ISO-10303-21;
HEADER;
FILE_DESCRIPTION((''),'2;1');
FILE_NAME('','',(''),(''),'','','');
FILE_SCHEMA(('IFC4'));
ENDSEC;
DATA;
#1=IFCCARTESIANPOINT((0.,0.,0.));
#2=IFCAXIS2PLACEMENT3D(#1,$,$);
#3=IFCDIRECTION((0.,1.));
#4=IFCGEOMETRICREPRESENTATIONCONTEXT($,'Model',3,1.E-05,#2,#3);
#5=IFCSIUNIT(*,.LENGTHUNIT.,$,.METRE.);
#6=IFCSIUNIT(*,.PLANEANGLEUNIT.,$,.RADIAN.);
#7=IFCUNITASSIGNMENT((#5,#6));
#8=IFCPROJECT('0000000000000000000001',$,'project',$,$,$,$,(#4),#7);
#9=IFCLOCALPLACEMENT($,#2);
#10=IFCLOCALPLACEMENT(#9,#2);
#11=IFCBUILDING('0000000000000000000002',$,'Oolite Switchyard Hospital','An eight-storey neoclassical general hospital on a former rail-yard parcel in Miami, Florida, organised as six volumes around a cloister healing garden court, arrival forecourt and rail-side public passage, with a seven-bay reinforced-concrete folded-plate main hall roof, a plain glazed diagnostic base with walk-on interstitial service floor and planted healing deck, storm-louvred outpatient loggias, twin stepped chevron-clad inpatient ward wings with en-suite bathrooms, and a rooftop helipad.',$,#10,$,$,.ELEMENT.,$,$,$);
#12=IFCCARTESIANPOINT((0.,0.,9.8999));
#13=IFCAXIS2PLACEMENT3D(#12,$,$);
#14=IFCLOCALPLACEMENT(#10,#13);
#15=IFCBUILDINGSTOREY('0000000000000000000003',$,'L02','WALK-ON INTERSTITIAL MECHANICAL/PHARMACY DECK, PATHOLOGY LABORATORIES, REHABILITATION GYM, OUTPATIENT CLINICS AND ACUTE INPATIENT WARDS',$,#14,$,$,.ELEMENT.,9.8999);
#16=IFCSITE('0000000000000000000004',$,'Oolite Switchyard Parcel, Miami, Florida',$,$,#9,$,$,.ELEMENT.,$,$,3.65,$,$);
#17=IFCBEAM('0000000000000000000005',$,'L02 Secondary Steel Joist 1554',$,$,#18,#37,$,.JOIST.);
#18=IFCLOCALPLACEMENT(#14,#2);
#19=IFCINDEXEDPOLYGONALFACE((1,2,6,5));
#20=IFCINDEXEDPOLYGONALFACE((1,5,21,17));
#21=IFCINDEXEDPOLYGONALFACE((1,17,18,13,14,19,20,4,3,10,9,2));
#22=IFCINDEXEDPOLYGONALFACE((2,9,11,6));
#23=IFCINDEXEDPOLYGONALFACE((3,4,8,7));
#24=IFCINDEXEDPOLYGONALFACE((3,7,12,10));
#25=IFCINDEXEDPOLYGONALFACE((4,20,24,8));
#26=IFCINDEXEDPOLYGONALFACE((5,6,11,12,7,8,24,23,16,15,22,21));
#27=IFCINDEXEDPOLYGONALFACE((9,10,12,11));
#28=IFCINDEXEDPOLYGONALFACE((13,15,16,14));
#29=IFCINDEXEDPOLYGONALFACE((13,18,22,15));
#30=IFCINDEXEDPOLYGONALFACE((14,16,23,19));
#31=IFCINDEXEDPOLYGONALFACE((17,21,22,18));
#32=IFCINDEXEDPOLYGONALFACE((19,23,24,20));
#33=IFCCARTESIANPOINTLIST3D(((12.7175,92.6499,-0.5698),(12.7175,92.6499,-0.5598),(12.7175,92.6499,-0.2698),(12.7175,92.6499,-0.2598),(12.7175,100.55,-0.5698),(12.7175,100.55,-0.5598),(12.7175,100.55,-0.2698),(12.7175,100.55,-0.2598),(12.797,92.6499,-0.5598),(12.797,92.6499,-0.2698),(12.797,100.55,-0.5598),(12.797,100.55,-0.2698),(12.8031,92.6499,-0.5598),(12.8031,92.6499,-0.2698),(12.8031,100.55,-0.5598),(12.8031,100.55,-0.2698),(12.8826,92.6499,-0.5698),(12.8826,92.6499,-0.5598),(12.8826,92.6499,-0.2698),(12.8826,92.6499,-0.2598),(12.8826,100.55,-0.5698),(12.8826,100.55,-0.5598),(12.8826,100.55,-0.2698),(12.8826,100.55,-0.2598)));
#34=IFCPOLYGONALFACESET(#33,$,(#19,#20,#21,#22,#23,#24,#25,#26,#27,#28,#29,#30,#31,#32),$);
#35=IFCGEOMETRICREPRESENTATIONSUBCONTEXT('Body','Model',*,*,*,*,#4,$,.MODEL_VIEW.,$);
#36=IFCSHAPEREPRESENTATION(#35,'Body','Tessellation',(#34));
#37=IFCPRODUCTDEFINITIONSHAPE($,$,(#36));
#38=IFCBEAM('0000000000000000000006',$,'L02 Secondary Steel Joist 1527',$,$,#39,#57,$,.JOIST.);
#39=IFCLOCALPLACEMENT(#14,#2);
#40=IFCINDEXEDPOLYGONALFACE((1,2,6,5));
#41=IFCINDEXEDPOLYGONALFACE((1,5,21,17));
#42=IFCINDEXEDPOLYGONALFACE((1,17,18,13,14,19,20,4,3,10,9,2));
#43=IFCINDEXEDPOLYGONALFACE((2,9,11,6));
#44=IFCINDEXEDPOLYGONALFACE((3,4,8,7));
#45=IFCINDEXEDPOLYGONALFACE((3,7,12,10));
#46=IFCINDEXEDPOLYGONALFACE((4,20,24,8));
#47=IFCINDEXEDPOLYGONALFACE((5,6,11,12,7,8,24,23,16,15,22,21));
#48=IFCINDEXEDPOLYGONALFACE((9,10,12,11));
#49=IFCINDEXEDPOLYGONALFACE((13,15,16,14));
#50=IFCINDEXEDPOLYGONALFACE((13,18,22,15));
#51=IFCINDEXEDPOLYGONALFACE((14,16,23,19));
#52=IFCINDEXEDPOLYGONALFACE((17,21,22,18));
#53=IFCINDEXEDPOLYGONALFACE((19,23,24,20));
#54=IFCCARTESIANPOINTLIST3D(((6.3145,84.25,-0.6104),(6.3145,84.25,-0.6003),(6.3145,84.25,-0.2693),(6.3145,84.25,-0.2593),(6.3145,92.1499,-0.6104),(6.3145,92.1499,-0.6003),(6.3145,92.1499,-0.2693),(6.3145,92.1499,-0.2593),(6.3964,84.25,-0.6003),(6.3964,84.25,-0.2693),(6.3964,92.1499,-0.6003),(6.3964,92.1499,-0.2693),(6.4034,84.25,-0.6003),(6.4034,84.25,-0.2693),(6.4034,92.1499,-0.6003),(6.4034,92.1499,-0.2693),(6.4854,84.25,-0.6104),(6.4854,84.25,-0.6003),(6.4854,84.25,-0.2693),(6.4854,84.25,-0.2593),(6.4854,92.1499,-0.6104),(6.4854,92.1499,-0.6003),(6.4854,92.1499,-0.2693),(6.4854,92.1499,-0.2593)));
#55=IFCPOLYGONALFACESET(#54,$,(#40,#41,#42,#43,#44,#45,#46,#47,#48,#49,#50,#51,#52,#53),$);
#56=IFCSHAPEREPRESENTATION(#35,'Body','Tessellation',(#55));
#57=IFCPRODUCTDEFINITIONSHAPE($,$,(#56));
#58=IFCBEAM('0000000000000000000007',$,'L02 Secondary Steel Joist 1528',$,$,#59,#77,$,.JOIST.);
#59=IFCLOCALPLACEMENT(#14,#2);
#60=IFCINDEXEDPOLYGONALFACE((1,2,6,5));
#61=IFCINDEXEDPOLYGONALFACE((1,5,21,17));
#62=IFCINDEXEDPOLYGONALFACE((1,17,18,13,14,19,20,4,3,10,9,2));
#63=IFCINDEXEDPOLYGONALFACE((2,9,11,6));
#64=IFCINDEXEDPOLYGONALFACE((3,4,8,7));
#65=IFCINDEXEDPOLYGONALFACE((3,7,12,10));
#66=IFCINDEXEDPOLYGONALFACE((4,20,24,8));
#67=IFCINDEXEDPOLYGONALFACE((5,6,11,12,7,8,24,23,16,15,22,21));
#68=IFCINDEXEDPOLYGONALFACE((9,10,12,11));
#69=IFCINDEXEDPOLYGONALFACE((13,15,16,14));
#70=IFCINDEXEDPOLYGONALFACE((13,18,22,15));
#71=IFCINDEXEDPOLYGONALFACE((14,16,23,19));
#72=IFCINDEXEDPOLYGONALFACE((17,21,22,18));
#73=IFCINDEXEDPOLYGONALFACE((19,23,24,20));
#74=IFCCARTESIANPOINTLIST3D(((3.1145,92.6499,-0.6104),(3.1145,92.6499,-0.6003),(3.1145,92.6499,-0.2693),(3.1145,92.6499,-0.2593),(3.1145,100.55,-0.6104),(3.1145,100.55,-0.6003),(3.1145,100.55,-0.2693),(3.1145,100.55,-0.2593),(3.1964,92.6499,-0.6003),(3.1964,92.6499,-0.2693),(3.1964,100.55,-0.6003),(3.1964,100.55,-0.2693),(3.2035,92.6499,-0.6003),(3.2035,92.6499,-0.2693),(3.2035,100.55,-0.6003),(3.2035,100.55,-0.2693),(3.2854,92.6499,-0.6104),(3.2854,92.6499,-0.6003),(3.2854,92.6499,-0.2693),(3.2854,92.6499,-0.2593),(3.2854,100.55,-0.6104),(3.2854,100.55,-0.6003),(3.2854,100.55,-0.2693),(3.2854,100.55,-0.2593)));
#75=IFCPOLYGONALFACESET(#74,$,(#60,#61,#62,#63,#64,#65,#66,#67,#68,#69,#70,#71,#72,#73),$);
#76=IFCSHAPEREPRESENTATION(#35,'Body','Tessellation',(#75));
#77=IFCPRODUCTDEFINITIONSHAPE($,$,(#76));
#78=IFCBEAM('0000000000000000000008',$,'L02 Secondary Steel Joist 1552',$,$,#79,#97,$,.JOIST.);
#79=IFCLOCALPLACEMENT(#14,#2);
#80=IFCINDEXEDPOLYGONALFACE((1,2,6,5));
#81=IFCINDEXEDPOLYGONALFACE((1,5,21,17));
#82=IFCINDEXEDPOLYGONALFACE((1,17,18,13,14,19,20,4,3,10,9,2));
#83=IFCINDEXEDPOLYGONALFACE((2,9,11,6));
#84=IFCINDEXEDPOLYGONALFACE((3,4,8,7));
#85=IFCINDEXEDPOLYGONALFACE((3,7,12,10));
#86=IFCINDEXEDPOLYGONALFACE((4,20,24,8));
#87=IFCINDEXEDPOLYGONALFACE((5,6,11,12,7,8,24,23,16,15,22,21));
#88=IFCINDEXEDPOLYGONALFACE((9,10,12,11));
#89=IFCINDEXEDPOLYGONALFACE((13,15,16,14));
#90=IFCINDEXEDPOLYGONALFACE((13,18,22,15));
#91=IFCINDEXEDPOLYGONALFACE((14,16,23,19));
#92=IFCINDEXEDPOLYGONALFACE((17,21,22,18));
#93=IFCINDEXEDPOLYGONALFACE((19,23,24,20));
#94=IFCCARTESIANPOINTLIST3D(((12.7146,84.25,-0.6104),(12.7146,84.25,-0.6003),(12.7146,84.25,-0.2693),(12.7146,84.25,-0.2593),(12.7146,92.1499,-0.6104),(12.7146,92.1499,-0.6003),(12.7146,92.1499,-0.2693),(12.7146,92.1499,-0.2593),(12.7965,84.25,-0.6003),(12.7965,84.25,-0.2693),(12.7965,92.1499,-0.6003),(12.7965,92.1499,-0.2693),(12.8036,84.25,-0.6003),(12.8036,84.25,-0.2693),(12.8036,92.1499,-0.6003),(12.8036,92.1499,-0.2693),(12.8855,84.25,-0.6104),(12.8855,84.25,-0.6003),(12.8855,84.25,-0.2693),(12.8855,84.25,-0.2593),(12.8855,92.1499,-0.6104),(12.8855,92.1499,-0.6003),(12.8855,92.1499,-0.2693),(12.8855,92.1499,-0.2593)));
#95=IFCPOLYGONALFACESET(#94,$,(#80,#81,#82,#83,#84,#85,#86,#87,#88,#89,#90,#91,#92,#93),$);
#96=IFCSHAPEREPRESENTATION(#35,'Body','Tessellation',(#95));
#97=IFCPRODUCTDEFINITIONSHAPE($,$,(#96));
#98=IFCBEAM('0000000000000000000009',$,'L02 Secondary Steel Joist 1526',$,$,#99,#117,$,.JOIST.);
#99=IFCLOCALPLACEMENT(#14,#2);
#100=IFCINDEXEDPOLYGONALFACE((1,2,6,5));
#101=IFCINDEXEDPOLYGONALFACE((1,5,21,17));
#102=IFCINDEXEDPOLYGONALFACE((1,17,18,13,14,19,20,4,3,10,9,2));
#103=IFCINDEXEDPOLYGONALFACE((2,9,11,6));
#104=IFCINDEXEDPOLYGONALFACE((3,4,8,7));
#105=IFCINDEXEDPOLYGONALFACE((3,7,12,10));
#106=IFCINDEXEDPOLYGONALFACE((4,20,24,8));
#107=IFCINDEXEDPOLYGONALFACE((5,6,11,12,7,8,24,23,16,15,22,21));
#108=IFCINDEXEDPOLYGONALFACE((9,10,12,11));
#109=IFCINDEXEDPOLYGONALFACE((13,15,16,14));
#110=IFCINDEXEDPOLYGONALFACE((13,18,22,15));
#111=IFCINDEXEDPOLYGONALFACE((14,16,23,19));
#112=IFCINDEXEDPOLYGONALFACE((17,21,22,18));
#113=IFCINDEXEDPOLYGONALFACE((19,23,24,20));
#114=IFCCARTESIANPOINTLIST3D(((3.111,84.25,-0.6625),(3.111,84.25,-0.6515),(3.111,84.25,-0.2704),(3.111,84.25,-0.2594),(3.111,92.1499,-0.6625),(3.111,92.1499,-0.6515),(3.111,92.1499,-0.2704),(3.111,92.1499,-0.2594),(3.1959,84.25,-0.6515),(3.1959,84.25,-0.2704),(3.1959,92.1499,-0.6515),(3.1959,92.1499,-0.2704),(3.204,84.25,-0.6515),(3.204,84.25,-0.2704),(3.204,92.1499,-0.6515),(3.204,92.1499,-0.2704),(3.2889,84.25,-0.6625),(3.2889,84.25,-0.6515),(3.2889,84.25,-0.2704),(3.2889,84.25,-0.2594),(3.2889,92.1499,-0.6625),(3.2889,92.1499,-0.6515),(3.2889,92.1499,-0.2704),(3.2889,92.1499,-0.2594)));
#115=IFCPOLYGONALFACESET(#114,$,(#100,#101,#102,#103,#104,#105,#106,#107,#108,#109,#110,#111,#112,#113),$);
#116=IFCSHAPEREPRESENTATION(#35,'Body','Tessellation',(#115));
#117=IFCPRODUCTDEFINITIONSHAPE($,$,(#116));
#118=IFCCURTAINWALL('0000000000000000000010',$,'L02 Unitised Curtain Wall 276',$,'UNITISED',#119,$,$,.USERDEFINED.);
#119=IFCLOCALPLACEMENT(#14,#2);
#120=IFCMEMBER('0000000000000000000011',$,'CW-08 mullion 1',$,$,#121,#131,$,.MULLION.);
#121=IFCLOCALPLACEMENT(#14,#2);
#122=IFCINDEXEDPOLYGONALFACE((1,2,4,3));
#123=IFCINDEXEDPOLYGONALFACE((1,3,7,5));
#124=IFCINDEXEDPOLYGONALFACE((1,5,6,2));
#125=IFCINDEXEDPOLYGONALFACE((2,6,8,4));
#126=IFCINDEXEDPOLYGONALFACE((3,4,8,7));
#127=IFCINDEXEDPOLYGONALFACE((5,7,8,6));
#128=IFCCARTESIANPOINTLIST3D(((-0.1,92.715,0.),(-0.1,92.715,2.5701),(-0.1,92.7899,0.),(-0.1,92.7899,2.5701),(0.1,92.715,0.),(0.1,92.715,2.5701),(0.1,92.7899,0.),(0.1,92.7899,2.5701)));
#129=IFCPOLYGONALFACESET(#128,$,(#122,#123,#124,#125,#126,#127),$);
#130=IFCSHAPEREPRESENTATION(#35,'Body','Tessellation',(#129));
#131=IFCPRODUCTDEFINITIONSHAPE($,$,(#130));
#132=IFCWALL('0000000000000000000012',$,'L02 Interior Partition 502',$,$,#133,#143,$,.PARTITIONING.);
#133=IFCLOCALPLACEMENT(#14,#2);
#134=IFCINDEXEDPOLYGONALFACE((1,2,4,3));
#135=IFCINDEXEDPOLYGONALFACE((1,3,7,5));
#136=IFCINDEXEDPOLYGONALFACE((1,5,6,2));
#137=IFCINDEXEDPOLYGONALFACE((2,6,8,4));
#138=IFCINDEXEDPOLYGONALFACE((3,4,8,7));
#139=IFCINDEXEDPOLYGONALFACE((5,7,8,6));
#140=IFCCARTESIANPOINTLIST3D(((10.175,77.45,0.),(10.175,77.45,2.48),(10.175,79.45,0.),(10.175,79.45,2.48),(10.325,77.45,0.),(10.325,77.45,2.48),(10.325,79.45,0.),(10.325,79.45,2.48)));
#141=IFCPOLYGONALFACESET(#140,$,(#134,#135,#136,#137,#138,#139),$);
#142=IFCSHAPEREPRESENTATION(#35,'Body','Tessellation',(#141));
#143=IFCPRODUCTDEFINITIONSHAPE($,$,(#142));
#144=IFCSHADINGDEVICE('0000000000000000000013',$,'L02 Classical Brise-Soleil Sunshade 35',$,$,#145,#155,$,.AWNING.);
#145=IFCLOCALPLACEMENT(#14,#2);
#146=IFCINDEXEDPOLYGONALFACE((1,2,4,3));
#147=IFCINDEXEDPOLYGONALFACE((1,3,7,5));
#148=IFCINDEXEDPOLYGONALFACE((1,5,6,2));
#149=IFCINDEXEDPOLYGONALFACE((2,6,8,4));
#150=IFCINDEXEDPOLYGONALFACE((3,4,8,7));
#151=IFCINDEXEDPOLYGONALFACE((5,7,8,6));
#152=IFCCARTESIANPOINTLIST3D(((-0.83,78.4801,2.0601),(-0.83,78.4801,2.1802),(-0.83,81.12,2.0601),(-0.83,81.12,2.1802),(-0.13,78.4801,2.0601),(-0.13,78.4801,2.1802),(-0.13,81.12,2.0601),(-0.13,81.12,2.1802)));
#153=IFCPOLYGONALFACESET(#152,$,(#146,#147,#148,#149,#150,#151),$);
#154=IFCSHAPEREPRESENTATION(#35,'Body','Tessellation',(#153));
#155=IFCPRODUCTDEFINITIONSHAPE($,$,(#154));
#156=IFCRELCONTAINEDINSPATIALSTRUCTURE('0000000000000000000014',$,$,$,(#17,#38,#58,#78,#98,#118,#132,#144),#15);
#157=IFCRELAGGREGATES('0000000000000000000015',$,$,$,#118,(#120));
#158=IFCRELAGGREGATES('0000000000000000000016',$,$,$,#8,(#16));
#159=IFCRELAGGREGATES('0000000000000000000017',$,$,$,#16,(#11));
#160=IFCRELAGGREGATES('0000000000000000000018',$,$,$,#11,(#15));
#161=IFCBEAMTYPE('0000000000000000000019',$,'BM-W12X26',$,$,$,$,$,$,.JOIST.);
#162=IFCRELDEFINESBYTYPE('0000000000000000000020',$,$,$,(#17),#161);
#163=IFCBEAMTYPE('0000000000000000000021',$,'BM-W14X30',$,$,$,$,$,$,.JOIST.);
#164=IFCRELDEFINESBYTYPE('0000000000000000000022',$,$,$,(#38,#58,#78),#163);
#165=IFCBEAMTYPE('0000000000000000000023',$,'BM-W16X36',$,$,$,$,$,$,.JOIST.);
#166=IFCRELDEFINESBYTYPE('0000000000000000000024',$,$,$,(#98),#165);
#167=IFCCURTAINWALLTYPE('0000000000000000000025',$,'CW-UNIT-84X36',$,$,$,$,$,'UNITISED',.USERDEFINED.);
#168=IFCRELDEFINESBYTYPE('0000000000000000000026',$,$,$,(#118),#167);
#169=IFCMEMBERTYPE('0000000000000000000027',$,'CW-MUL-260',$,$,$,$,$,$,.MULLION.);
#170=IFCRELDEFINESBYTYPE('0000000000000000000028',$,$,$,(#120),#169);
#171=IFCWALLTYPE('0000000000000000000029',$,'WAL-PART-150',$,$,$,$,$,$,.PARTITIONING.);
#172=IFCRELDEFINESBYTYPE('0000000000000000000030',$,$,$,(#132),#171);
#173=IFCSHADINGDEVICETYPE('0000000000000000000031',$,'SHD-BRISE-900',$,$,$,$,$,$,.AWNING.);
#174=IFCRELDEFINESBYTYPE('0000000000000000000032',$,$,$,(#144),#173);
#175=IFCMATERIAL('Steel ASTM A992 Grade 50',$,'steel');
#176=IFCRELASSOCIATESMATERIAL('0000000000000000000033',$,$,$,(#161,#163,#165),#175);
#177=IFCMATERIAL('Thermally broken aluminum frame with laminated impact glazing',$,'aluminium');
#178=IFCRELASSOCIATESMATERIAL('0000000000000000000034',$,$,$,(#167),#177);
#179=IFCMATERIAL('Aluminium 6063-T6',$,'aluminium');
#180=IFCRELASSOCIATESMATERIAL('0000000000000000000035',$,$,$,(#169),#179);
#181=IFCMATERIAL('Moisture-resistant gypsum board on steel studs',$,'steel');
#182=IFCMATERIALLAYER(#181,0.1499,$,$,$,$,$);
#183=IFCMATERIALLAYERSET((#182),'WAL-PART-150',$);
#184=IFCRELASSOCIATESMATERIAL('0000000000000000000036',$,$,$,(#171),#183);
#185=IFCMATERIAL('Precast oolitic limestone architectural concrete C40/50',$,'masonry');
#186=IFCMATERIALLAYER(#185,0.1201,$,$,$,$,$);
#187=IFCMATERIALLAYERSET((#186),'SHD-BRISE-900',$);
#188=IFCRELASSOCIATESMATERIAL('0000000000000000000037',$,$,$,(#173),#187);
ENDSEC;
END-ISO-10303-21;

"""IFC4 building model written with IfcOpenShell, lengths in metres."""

from ifc_helpers import new_model, si_unit, direction, frame, frame_2d, origin, origin_2d, place, context, subcontext, project, spatial, rectangle, i_section, extrude, material, layer, layer_set, material_profile, profile_set, type_object, element, aggregate, save


model = new_model("IFC4")

# Units and contexts
model_context = context("Model", 3, precision=1e-05, world=origin(), true_north=direction((0.0, 1.0)))
body_context = subcontext(model_context, "Body", "Model", "MODEL_VIEW")
ifc_project = project(units=[si_unit("LENGTHUNIT", "METRE"), si_unit("PLANEANGLEUNIT", "RADIAN")], contexts=[model_context])

# Site, building, storey
site_placement = place(None, origin())
site = spatial("IfcSite", under=ifc_project, at=site_placement, Name="Oolite Switchyard Parcel, Miami, Florida", CompositionType="ELEMENT", RefElevation=3.65)
building_placement = place(site_placement, origin())
building = spatial("IfcBuilding", under=site, at=building_placement, Name="Oolite Switchyard Hospital", Description="An eight-storey neoclassical general hospital on a former rail-yard parcel in Miami, Florida, organised as six volumes around a cloister healing garden court, arrival forecourt and rail-side public passage, with a seven-bay reinforced-concrete folded-plate main hall roof, a plain glazed diagnostic base with walk-on interstitial service floor and planted healing deck, storm-louvred outpatient loggias, twin stepped chevron-clad inpatient ward wings with en-suite bathrooms, and a rooftop helipad.", CompositionType="ELEMENT")
storey_placement = place(building_placement, frame((0.0, 0.0, 9.8999)))
storey = spatial("IfcBuildingStorey", under=building, at=storey_placement, Name="L02", Description="WALK-ON INTERSTITIAL MECHANICAL/PHARMACY DECK, PATHOLOGY LABORATORIES, REHABILITATION GYM, OUTPATIENT CLINICS AND ACUTE INPATIENT WARDS", CompositionType="ELEMENT", Elevation=9.8999)

# Beams
ifc_material_1 = material(Name="Steel ASTM A992 Grade 50", Category="steel")
ifc_material_profile_1 = material_profile(ifc_material_1, i_section(OverallWidth=0.165, OverallDepth=0.3101, WebThickness=0.0061, FlangeThickness=0.01, at=origin_2d()), Name="W12X26")
ifc_profile_set_1 = profile_set([ifc_material_profile_1], Name="Steel ASTM A992 Grade 50")
beam_type_1 = type_object("IfcBeamType", Name="BM-W12X26", PredefinedType="JOIST", material=ifc_profile_set_1)
for number, where, z_axis, x_axis, name in (
    (1, (12.8, 92.6499, -0.4148), (0.0, 1.0, 0.0), (-1.0, 0.0, 0.0), "L02 Secondary Steel Joist 1554"),
):
    element("IfcBeam", number, at=place(storey_placement, frame(where, z_axis=z_axis, x_axis=x_axis)), inside=storey, type_object=beam_type_1, Name=name, PredefinedType="JOIST", context=body_context, shape_type="SweptSolid", body=[
        extrude(i_section(OverallWidth=0.165, OverallDepth=0.3101, WebThickness=0.0061, FlangeThickness=0.01, at=origin_2d()), origin(), (0.0, 0.0, 1.0), 7.9001),
    ])
ifc_material_profile_2 = material_profile(ifc_material_1, i_section(OverallWidth=0.1709, OverallDepth=0.3511, WebThickness=0.0071, FlangeThickness=0.01, at=origin_2d()), Name="W14X30")
ifc_profile_set_2 = profile_set([ifc_material_profile_2], Name="Steel ASTM A992 Grade 50")
beam_type_2 = type_object("IfcBeamType", Name="BM-W14X30", PredefinedType="JOIST", material=ifc_profile_set_2)
beam_1_placement = place(storey_placement, frame((6.3999, 84.25, -0.4348), z_axis=(0.0, 1.0, 0.0), x_axis=(-1.0, 0.0, 0.0)))
element("IfcBeam", 2, at=beam_1_placement, inside=storey, type_object=beam_type_2, Name="L02 Secondary Steel Joist 1527", PredefinedType="JOIST", context=body_context, shape_type="SweptSolid", body=[
    extrude(i_section(OverallWidth=0.1709, OverallDepth=0.3511, WebThickness=0.0071, FlangeThickness=0.01, at=origin_2d()), origin(), (0.0, 0.0, 1.0), 7.8999),
])
beam_2_placement = place(storey_placement, frame((3.2, 92.6499, -0.4348), z_axis=(0.0, 1.0, 0.0), x_axis=(-1.0, 0.0, 0.0)))
element("IfcBeam", 3, at=beam_2_placement, inside=storey, type_object=beam_type_2, Name="L02 Secondary Steel Joist 1528", PredefinedType="JOIST", context=body_context, shape_type="SweptSolid", body=[
    extrude(i_section(OverallWidth=0.1709, OverallDepth=0.3511, WebThickness=0.0071, FlangeThickness=0.01, at=origin_2d()), origin(), (0.0, 0.0, 1.0), 7.9001),
])
beam_3_placement = place(storey_placement, frame((12.8, 84.25, -0.4348), z_axis=(0.0, 1.0, 0.0), x_axis=(-1.0, 0.0, 0.0)))
element("IfcBeam", 4, at=beam_3_placement, inside=storey, type_object=beam_type_2, Name="L02 Secondary Steel Joist 1552", PredefinedType="JOIST", context=body_context, shape_type="SweptSolid", body=[
    extrude(i_section(OverallWidth=0.1709, OverallDepth=0.3511, WebThickness=0.0071, FlangeThickness=0.01, at=origin_2d()), origin(), (0.0, 0.0, 1.0), 7.8999),
])
ifc_material_profile_3 = material_profile(ifc_material_1, i_section(OverallWidth=0.178, OverallDepth=0.4031, WebThickness=0.0081, FlangeThickness=0.011, at=origin_2d()), Name="W16X36")
ifc_profile_set_3 = profile_set([ifc_material_profile_3], Name="Steel ASTM A992 Grade 50")
beam_type_3 = type_object("IfcBeamType", Name="BM-W16X36", PredefinedType="JOIST", material=ifc_profile_set_3)
beam_4_placement = place(storey_placement, frame((3.2, 84.25, -0.4609), z_axis=(0.0, 1.0, 0.0), x_axis=(-1.0, 0.0, 0.0)))
element("IfcBeam", 5, at=beam_4_placement, inside=storey, type_object=beam_type_3, Name="L02 Secondary Steel Joist 1526", PredefinedType="JOIST", context=body_context, shape_type="SweptSolid", body=[
    extrude(i_section(OverallWidth=0.178, OverallDepth=0.4031, WebThickness=0.0081, FlangeThickness=0.011, at=origin_2d()), origin(), (0.0, 0.0, 1.0), 7.8999),
])

# Curtain wall, member
ifc_material_2 = material(Name="Thermally broken aluminum frame with laminated impact glazing", Category="aluminium")
curtain_wall_type = type_object("IfcCurtainWallType", Name="CW-UNIT-84X36", ElementType="UNITISED", PredefinedType="USERDEFINED", material=ifc_material_2)
curtain_wall_placement = place(storey_placement, origin())
curtain_wall = element("IfcCurtainWall", 6, at=curtain_wall_placement, inside=storey, type_object=curtain_wall_type, Name="L02 Unitised Curtain Wall 276", ObjectType="UNITISED", PredefinedType="USERDEFINED")
ifc_material_3 = material(Name="Aluminium 6063-T6", Category="aluminium")
ifc_material_profile_4 = material_profile(ifc_material_3, rectangle(XDim=0.2, YDim=0.075, at=origin_2d()), Name="CWM75X200")
ifc_profile_set_4 = profile_set([ifc_material_profile_4], Name="Aluminium 6063-T6")
member_type = type_object("IfcMemberType", Name="CW-MUL-260", PredefinedType="MULLION", material=ifc_profile_set_4)
member_placement = place(storey_placement, frame((0.0, 92.7524, 0.0), z_axis=(0.0, 0.0, 1.0), x_axis=(-1.0, 0.0, 0.0)))
member = element("IfcMember", 7, at=member_placement, type_object=member_type, Name="CW-08 mullion 1", PredefinedType="MULLION", context=body_context, shape_type="SweptSolid", body=[
    extrude(rectangle(XDim=0.2, YDim=0.075, at=origin_2d()), origin(), (0.0, 0.0, 1.0), 2.5701),
])
aggregate(curtain_wall, [member])

# Wall
ifc_material_4 = material(Name="Moisture-resistant gypsum board on steel studs", Category="steel")
ifc_layer_1 = layer(ifc_material_4, 0.1499)
ifc_layer_set_1 = layer_set([ifc_layer_1], Name="WAL-PART-150")
wall_type = type_object("IfcWallType", Name="WAL-PART-150", PredefinedType="PARTITIONING", material=ifc_layer_set_1)
wall_placement = place(storey_placement, frame((10.25, 77.45, 0.0), z_axis=(0.0, 0.0, 1.0), x_axis=(0.0, 1.0, 0.0)))
element("IfcWall", 8, at=wall_placement, inside=storey, type_object=wall_type, Name="L02 Interior Partition 502", PredefinedType="PARTITIONING", context=body_context, shape_type="SweptSolid", body=[
    extrude(rectangle(XDim=2.0, YDim=0.1499, at=frame_2d((1.0, 0.0))), origin(), (0.0, 0.0, 1.0), 2.48),
])

# Shading device
ifc_material_5 = material(Name="Precast oolitic limestone architectural concrete C40/50", Category="masonry")
ifc_layer_2 = layer(ifc_material_5, 0.1201)
ifc_layer_set_2 = layer_set([ifc_layer_2], Name="SHD-BRISE-900")
shading_device_type = type_object("IfcShadingDeviceType", Name="SHD-BRISE-900", PredefinedType="AWNING", material=ifc_layer_set_2)
shading_device_placement = place(storey_placement, frame((-0.48, 79.8, 2.0601), z_axis=(0.0, 0.0, 1.0), x_axis=(0.0, 1.0, 0.0)))
element("IfcShadingDevice", 9, at=shading_device_placement, inside=storey, type_object=shading_device_type, Name="L02 Classical Brise-Soleil Sunshade 35", PredefinedType="AWNING", context=body_context, shape_type="SweptSolid", body=[
    extrude(rectangle(XDim=2.6399, YDim=0.7, at=origin_2d()), origin(), (0.0, 0.0, 1.0), 0.1201),
])

save(model, "model.ifc")
